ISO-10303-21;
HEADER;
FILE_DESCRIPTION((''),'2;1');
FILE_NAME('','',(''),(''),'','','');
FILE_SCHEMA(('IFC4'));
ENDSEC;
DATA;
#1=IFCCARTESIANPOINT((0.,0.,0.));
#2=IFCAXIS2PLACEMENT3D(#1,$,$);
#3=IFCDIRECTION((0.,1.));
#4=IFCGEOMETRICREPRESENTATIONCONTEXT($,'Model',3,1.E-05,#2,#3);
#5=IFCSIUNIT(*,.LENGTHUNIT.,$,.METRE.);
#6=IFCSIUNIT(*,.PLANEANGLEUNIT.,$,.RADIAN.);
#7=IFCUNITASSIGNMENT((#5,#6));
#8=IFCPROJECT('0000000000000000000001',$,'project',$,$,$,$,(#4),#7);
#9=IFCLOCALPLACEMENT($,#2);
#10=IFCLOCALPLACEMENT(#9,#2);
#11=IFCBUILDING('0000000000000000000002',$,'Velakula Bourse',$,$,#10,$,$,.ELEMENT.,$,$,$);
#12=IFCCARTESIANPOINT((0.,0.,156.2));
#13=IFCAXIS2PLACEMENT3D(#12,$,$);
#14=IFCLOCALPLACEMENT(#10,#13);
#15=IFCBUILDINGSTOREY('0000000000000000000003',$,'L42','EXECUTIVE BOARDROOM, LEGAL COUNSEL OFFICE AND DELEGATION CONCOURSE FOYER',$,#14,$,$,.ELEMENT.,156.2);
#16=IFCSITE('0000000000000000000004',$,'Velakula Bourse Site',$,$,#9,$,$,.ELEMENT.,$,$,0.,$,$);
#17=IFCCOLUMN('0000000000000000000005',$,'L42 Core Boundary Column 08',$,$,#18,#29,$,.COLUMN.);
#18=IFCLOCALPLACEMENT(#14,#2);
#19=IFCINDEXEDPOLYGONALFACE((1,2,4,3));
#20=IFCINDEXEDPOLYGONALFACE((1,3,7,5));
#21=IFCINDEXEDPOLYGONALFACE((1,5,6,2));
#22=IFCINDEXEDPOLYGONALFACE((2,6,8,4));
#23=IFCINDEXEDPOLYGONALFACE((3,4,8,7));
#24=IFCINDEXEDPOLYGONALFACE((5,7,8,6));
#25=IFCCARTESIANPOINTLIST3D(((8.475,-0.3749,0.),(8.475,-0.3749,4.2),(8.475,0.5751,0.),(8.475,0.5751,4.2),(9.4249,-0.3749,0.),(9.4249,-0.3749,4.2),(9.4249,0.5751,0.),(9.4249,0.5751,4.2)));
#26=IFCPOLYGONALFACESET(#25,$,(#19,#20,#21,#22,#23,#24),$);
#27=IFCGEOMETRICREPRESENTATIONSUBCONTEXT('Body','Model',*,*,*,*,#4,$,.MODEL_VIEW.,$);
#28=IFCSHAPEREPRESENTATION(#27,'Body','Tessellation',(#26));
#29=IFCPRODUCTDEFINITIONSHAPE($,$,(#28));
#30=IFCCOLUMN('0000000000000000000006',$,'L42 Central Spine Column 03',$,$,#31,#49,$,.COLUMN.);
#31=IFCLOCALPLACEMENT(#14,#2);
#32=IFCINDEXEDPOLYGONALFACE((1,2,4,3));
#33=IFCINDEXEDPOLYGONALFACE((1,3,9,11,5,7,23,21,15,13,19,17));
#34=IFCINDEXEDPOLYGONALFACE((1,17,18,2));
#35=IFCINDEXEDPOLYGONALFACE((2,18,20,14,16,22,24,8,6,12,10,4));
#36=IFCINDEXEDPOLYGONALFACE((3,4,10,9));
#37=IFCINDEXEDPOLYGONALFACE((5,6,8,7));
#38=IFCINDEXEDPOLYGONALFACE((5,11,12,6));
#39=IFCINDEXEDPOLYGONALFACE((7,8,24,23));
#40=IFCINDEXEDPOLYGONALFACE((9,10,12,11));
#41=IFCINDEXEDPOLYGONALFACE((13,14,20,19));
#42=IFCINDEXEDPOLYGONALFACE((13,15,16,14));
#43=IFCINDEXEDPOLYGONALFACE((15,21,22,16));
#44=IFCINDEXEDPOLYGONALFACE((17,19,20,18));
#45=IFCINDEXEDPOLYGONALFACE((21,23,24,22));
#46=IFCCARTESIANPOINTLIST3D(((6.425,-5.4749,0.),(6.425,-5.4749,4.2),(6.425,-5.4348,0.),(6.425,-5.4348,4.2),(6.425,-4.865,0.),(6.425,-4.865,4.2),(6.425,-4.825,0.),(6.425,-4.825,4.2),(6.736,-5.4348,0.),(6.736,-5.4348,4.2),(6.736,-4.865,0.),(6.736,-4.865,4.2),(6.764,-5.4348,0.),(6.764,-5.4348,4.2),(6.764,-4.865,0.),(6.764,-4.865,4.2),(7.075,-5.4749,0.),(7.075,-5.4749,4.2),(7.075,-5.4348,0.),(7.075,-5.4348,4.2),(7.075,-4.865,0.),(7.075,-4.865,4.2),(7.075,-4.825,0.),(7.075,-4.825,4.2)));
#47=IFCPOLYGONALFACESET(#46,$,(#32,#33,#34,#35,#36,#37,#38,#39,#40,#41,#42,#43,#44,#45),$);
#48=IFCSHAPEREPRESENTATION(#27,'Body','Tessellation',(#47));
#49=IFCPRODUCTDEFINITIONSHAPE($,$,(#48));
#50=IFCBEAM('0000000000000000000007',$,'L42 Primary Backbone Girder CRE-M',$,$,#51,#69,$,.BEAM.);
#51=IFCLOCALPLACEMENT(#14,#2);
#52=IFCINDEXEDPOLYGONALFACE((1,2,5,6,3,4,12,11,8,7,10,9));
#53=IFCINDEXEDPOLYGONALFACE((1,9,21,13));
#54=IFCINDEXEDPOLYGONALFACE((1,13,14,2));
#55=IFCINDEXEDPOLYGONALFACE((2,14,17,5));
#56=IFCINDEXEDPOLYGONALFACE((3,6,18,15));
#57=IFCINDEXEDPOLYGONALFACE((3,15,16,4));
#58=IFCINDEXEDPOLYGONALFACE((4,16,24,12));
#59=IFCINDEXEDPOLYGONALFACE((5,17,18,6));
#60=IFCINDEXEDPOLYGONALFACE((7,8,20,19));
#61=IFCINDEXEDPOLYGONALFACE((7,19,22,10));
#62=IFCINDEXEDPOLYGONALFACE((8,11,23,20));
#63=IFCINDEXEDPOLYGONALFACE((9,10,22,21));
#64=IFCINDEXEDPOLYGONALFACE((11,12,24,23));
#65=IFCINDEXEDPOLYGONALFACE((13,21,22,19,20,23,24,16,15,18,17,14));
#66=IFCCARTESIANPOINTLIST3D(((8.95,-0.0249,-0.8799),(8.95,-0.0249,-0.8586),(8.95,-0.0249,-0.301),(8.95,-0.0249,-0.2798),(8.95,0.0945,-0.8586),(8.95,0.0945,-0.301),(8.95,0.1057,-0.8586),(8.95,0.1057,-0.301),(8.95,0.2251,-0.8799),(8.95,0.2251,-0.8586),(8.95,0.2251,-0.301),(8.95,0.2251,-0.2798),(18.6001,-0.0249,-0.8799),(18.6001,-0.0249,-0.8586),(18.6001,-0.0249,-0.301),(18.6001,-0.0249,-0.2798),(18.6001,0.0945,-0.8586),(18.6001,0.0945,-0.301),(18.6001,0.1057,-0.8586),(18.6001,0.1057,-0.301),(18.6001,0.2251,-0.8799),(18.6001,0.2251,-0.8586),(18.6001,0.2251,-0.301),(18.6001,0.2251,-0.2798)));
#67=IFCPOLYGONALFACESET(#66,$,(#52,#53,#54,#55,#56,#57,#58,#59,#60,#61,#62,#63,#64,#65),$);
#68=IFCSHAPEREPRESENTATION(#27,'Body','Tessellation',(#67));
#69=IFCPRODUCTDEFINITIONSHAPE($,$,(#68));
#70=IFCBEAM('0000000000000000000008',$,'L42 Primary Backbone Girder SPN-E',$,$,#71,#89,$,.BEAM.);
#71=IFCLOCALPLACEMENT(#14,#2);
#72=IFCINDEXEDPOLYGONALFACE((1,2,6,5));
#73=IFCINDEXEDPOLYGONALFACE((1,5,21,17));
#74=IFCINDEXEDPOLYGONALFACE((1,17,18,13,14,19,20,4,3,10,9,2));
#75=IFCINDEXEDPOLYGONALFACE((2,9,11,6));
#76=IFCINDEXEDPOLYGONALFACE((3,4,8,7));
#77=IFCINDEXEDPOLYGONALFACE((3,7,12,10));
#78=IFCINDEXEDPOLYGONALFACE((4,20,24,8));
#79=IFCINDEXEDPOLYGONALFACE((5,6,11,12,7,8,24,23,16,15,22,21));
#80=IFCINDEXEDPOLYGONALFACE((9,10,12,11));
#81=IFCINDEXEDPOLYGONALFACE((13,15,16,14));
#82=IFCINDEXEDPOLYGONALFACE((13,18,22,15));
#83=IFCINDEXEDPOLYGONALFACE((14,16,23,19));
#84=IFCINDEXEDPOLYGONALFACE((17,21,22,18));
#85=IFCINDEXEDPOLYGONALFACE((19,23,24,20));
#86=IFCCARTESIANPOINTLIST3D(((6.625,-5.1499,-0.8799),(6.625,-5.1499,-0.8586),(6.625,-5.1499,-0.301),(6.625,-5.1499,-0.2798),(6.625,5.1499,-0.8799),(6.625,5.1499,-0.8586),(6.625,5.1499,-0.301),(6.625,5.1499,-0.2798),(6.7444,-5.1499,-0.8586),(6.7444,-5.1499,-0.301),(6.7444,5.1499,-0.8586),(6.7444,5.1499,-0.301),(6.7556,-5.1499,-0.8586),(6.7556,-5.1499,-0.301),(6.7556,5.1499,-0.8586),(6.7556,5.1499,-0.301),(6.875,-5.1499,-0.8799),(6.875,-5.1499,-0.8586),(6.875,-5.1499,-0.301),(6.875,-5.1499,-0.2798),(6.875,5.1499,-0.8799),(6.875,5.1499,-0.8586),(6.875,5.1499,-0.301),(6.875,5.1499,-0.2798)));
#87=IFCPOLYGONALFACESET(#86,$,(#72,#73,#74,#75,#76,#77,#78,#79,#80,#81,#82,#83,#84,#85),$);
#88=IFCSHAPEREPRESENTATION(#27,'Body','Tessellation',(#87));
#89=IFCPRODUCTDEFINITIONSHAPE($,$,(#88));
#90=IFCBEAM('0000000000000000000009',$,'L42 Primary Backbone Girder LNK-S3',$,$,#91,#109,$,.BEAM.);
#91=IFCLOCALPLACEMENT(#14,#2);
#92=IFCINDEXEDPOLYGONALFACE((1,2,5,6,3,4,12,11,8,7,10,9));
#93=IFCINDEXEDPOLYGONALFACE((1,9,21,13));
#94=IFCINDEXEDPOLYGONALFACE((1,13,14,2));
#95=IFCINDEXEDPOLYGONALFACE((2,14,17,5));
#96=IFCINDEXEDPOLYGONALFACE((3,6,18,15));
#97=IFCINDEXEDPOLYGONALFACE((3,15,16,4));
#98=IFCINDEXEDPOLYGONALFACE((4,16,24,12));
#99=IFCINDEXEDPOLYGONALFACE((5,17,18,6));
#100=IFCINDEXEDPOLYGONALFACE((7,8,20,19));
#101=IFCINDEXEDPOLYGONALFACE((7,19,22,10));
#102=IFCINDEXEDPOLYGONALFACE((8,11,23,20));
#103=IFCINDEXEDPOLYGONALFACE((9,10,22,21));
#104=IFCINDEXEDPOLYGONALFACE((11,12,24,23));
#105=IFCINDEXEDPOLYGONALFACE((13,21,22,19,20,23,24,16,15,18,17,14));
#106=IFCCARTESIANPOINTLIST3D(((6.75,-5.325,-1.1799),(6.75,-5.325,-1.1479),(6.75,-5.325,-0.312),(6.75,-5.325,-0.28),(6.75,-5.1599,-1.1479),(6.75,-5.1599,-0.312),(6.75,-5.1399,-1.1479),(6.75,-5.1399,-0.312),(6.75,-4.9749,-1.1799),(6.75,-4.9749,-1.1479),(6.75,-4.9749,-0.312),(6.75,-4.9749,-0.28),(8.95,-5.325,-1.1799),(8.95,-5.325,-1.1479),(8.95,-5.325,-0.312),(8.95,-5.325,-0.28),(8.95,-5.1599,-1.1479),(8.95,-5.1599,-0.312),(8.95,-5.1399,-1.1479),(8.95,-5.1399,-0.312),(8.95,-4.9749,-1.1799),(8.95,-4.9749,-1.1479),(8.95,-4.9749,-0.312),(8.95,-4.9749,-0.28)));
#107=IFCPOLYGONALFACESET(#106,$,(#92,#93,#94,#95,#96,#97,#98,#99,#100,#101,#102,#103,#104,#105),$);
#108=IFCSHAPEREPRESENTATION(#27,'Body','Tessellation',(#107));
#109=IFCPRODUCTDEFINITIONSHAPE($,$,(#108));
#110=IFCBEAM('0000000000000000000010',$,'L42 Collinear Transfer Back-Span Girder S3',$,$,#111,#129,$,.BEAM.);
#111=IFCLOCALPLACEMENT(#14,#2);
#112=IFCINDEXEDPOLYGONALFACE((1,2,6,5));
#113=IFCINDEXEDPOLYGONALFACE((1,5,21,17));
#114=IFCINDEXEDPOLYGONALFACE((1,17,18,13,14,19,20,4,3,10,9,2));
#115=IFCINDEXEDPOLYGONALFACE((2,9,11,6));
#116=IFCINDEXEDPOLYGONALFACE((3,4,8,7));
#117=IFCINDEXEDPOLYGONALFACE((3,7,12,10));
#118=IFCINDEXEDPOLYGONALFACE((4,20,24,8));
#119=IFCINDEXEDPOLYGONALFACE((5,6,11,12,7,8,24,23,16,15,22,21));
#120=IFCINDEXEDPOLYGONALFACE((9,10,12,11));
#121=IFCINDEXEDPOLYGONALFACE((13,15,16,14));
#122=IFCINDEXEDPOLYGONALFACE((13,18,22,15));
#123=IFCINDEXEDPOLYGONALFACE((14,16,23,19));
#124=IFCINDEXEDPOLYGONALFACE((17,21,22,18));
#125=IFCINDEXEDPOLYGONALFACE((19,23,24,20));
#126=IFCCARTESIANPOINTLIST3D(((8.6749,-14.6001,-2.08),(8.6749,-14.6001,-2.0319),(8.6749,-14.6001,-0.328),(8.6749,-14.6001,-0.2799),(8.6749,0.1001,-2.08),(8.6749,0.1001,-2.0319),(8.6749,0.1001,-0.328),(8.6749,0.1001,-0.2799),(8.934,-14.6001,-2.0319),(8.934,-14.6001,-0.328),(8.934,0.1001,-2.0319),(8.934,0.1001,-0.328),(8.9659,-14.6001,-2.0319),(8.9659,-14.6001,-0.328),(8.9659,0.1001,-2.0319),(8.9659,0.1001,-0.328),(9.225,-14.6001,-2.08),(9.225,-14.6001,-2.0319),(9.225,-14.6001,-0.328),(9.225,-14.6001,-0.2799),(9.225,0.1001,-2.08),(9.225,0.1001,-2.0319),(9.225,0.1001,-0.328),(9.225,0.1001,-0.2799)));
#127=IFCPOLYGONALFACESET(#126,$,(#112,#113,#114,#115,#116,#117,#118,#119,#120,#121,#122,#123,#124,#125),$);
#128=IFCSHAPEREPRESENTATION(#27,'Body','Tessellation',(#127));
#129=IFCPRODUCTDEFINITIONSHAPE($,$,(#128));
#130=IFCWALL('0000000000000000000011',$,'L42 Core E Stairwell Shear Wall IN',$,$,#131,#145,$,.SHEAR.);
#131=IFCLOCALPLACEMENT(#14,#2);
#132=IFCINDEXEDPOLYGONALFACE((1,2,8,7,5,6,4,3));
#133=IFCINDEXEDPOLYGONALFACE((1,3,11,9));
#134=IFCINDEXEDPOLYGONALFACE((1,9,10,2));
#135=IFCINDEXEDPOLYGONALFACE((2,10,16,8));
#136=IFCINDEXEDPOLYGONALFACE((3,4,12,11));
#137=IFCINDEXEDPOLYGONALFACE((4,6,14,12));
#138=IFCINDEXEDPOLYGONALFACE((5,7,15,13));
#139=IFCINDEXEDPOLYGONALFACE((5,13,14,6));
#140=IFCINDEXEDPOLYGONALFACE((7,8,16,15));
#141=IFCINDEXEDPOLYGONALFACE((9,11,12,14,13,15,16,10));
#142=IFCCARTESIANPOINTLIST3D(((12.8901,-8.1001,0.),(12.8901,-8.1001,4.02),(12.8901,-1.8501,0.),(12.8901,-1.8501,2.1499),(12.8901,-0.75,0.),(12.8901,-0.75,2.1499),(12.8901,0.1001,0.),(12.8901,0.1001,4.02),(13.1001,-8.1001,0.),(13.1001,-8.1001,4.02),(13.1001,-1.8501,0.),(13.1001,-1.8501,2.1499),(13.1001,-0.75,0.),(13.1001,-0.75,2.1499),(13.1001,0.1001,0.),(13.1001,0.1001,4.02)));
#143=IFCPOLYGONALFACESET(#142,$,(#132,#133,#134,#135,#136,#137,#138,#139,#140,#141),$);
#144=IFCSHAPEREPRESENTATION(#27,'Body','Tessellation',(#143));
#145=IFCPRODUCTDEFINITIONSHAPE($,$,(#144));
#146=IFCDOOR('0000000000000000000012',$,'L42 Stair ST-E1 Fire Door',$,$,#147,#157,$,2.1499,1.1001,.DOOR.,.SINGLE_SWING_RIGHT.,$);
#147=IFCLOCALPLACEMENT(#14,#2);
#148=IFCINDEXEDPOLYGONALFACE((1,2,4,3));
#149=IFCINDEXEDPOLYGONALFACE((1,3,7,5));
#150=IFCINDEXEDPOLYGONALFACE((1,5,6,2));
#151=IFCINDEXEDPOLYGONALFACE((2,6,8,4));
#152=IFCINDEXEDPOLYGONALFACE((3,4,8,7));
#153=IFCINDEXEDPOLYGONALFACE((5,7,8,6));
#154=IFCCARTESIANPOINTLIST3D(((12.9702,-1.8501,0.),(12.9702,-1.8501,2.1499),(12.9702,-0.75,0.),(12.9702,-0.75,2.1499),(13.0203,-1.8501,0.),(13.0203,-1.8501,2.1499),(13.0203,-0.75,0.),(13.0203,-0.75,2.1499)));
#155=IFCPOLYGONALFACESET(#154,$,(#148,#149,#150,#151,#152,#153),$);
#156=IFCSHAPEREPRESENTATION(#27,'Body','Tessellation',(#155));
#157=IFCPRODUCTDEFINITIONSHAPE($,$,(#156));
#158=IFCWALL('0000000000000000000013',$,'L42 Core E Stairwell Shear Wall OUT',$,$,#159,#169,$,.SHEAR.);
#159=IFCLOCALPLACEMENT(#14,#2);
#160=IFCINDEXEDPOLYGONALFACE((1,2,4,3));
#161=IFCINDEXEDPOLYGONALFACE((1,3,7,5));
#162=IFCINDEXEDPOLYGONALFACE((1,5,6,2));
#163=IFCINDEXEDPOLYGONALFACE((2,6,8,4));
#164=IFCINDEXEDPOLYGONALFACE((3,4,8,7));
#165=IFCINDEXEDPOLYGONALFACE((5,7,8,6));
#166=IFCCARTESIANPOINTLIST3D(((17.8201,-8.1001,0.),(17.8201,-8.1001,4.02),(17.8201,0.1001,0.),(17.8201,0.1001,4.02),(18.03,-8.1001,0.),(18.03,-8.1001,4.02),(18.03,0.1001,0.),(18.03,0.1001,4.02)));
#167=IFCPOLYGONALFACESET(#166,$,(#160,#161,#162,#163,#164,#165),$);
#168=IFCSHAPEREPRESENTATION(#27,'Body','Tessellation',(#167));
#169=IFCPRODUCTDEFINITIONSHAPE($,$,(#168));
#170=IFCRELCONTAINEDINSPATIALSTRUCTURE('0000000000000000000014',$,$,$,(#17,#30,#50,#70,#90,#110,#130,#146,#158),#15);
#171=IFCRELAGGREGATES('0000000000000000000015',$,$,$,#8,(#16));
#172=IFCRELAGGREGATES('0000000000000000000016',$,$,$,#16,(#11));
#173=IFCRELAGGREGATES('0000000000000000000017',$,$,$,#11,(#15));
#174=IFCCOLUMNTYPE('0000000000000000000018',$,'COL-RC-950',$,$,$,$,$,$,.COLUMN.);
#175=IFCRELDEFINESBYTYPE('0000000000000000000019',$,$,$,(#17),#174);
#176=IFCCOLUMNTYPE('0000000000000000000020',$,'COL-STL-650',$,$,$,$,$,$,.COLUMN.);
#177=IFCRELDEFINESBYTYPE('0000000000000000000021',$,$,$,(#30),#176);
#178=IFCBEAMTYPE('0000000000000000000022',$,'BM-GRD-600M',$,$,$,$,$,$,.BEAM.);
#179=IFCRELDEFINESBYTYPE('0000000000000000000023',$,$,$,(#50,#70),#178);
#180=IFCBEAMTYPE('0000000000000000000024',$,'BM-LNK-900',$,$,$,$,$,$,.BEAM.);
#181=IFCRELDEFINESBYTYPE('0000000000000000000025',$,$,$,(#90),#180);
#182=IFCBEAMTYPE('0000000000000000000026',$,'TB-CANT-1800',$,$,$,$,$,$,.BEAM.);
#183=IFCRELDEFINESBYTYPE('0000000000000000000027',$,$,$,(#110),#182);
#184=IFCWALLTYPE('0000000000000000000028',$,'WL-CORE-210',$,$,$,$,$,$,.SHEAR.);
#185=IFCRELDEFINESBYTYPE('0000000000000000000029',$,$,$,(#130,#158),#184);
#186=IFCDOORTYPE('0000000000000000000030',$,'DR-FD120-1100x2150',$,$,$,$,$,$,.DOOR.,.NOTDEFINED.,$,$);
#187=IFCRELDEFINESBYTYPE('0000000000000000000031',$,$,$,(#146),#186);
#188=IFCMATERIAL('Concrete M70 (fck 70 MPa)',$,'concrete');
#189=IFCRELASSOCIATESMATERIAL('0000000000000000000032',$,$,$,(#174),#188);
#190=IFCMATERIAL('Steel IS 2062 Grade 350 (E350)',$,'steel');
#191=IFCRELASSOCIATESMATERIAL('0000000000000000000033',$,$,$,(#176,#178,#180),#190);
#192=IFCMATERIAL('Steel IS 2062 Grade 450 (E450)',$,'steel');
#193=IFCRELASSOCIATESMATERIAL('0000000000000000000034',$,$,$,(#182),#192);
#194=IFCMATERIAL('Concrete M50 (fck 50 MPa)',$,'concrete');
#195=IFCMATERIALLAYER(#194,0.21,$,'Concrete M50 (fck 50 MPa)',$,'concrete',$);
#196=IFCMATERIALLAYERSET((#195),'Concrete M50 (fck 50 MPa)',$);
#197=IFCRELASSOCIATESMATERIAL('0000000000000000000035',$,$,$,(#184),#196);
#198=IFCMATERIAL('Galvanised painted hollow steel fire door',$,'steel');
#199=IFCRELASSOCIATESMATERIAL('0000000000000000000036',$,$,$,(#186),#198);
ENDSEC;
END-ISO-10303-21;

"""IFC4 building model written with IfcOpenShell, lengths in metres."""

from ifc_helpers import new_model, si_unit, direction, frame, frame_2d, origin, origin_2d, place, context, subcontext, project, spatial, rectangle, i_section, extrude, material, layer, layer_set, material_profile, profile_set, type_object, element, fill, save


model = new_model("IFC4")

# Units and contexts
model_context = context("Model", 3, precision=1e-05, world=origin(), true_north=direction((0.0, 1.0)))
body_context = subcontext(model_context, "Body", "Model", "MODEL_VIEW")
ifc_project = project(units=[si_unit("LENGTHUNIT", "METRE"), si_unit("PLANEANGLEUNIT", "RADIAN")], contexts=[model_context])

# Site, building, storey
site_placement = place(None, origin())
site = spatial("IfcSite", under=ifc_project, at=site_placement, Name="Velakula Bourse Site", CompositionType="ELEMENT", RefElevation=0.0)
building_placement = place(site_placement, origin())
building = spatial("IfcBuilding", under=site, at=building_placement, Name="Velakula Bourse", CompositionType="ELEMENT")
storey_placement = place(building_placement, frame((0.0, 0.0, 156.2)))
storey = spatial("IfcBuildingStorey", under=building, at=storey_placement, Name="L42", Description="EXECUTIVE BOARDROOM, LEGAL COUNSEL OFFICE AND DELEGATION CONCOURSE FOYER", CompositionType="ELEMENT", Elevation=156.2)

# Columns
ifc_material_1 = material(Name="Concrete M70 (fck 70 MPa)", Category="concrete")
ifc_material_profile_1 = material_profile(ifc_material_1, rectangle(XDim=0.95, YDim=0.95, at=origin_2d()), Name="Concrete M70 (fck 70 MPa)")
ifc_profile_set_1 = profile_set([ifc_material_profile_1], Name="Concrete M70 (fck 70 MPa)")
column_type_1 = type_object("IfcColumnType", Name="COL-RC-950", PredefinedType="COLUMN", material=ifc_profile_set_1)
column_1_placement = place(storey_placement, frame((8.95, 0.1001, 0.0), z_axis=(0.0, 0.0, 1.0), x_axis=(1.0, 0.0, 0.0)))
element("IfcColumn", 1, at=column_1_placement, inside=storey, type_object=column_type_1, Name="L42 Core Boundary Column 08", PredefinedType="COLUMN", context=body_context, shape_type="SweptSolid", body=[
    extrude(rectangle(XDim=0.95, YDim=0.95, at=origin_2d()), origin(), (0.0, 0.0, 1.0), 4.2),
])
ifc_material_2 = material(Name="Steel IS 2062 Grade 350 (E350)", Category="steel")
ifc_material_profile_2 = material_profile(ifc_material_2, i_section(OverallWidth=0.6499, OverallDepth=0.6499, WebThickness=0.0281, FlangeThickness=0.04, at=origin_2d()), Name="Steel IS 2062 Grade 350 (E350)")
ifc_profile_set_2 = profile_set([ifc_material_profile_2], Name="Steel IS 2062 Grade 350 (E350)")
column_type_2 = type_object("IfcColumnType", Name="COL-STL-650", PredefinedType="COLUMN", material=ifc_profile_set_2)
column_2_placement = place(storey_placement, frame((6.75, -5.1499, 0.0), z_axis=(0.0, 0.0, 1.0), x_axis=(1.0, 0.0, 0.0)))
element("IfcColumn", 2, at=column_2_placement, inside=storey, type_object=column_type_2, Name="L42 Central Spine Column 03", PredefinedType="COLUMN", context=body_context, shape_type="SweptSolid", body=[
    extrude(i_section(OverallWidth=0.6499, OverallDepth=0.6499, WebThickness=0.0281, FlangeThickness=0.04, at=origin_2d()), origin(), (0.0, 0.0, 1.0), 4.2),
])

# Beams
ifc_material_profile_3 = material_profile(ifc_material_2, i_section(OverallWidth=0.25, OverallDepth=0.6001, WebThickness=0.0112, FlangeThickness=0.0212, at=origin_2d()), Name="Steel IS 2062 Grade 350 (E350)")
ifc_profile_set_3 = profile_set([ifc_material_profile_3], Name="Steel IS 2062 Grade 350 (E350)")
beam_type_1 = type_object("IfcBeamType", Name="BM-GRD-600M", PredefinedType="BEAM", material=ifc_profile_set_3)
beam_1_placement = place(storey_placement, frame((8.95, 0.1001, -0.5798), z_axis=(1.0, 0.0, 0.0), x_axis=(0.0, 1.0, 0.0)))
element("IfcBeam", 3, at=beam_1_placement, inside=storey, type_object=beam_type_1, Name="L42 Primary Backbone Girder CRE-M", PredefinedType="BEAM", context=body_context, shape_type="SweptSolid", body=[
    extrude(i_section(OverallWidth=0.25, OverallDepth=0.6001, WebThickness=0.0112, FlangeThickness=0.0212, at=origin_2d()), origin(), (0.0, 0.0, 1.0), 9.6501),
])
beam_2_placement = place(storey_placement, frame((6.75, -5.1499, -0.5798), z_axis=(0.0, 1.0, 0.0), x_axis=(-1.0, 0.0, 0.0)))
element("IfcBeam", 4, at=beam_2_placement, inside=storey, type_object=beam_type_1, Name="L42 Primary Backbone Girder SPN-E", PredefinedType="BEAM", context=body_context, shape_type="SweptSolid", body=[
    extrude(i_section(OverallWidth=0.25, OverallDepth=0.6001, WebThickness=0.0112, FlangeThickness=0.0212, at=origin_2d()), origin(), (0.0, 0.0, 1.0), 10.2998),
])
ifc_material_profile_4 = material_profile(ifc_material_2, i_section(OverallWidth=0.3501, OverallDepth=0.8999, WebThickness=0.02, FlangeThickness=0.032, at=origin_2d()), Name="Steel IS 2062 Grade 350 (E350)")
ifc_profile_set_4 = profile_set([ifc_material_profile_4], Name="Steel IS 2062 Grade 350 (E350)")
beam_type_2 = type_object("IfcBeamType", Name="BM-LNK-900", PredefinedType="BEAM", material=ifc_profile_set_4)
beam_3_placement = place(storey_placement, frame((6.75, -5.1499, -0.73), z_axis=(1.0, 0.0, 0.0), x_axis=(0.0, 1.0, 0.0)))
element("IfcBeam", 5, at=beam_3_placement, inside=storey, type_object=beam_type_2, Name="L42 Primary Backbone Girder LNK-S3", PredefinedType="BEAM", context=body_context, shape_type="SweptSolid", body=[
    extrude(i_section(OverallWidth=0.3501, OverallDepth=0.8999, WebThickness=0.02, FlangeThickness=0.032, at=origin_2d()), origin(), (0.0, 0.0, 1.0), 2.2),
])
ifc_material_3 = material(Name="Steel IS 2062 Grade 450 (E450)", Category="steel")
ifc_material_profile_5 = material_profile(ifc_material_3, i_section(OverallWidth=0.55, OverallDepth=1.8, WebThickness=0.032, FlangeThickness=0.0481, at=origin_2d()), Name="Steel IS 2062 Grade 450 (E450)")
ifc_profile_set_5 = profile_set([ifc_material_profile_5], Name="Steel IS 2062 Grade 450 (E450)")
beam_type_3 = type_object("IfcBeamType", Name="TB-CANT-1800", PredefinedType="BEAM", material=ifc_profile_set_5)
beam_4_placement = place(storey_placement, frame((8.95, 0.1001, -1.1799), z_axis=(0.0, -1.0, 0.0), x_axis=(1.0, 0.0, 0.0)))
element("IfcBeam", 6, at=beam_4_placement, inside=storey, type_object=beam_type_3, Name="L42 Collinear Transfer Back-Span Girder S3", PredefinedType="BEAM", context=body_context, shape_type="SweptSolid", body=[
    extrude(i_section(OverallWidth=0.55, OverallDepth=1.8, WebThickness=0.032, FlangeThickness=0.0481, at=origin_2d()), origin(), (0.0, 0.0, 1.0), 14.7002),
])

# Wall, opening, door
ifc_material_4 = material(Name="Concrete M50 (fck 50 MPa)", Category="concrete")
ifc_layer_1 = layer(ifc_material_4, 0.21, Name="Concrete M50 (fck 50 MPa)", Category="concrete")
ifc_layer_set_1 = layer_set([ifc_layer_1], Name="Concrete M50 (fck 50 MPa)")
wall_type_1 = type_object("IfcWallType", Name="WL-CORE-210", PredefinedType="SHEAR", material=ifc_layer_set_1)
wall_1_placement = place(storey_placement, frame((12.9951, -8.1001, 0.0), z_axis=(0.0, 0.0, 1.0), x_axis=(0.0, 1.0, 0.0)))
wall_1 = element("IfcWall", 7, at=wall_1_placement, inside=storey, type_object=wall_type_1, Name="L42 Core E Stairwell Shear Wall IN", PredefinedType="SHEAR", context=body_context, shape_type="SweptSolid", body=[
    extrude(rectangle(XDim=8.2002, YDim=0.21, at=frame_2d((4.1001, 0.0))), origin(), (0.0, 0.0, 1.0), 4.02),
])
opening_1_placement = place(wall_1_placement, frame((6.25, 0.0, 0.0)))
opening_1 = element("IfcOpeningElement", 8, at=opening_1_placement, cuts=wall_1, PredefinedType="OPENING", context=body_context, shape_type="SweptSolid", body=[
    extrude(rectangle(XDim=1.1001, YDim=2.1499, at=frame_2d((0.55, 1.075))), frame((0.0, 0.115, 0.0), z_axis=(0.0, -1.0, 0.0), x_axis=(1.0, 0.0, 0.0)), (0.0, 0.0, 1.0), 0.23),
])
ifc_material_5 = material(Name="Galvanised painted hollow steel fire door", Category="steel")
door_type_1 = type_object("IfcDoorType", Name="DR-FD120-1100x2150", OperationType="NOTDEFINED", PredefinedType="DOOR", material=ifc_material_5)
door_1_placement = place(opening_1_placement, origin())
door_1 = element("IfcDoor", 9, at=door_1_placement, inside=storey, type_object=door_type_1, Name="L42 Stair ST-E1 Fire Door", OperationType="SINGLE_SWING_RIGHT", OverallHeight=2.1499, OverallWidth=1.1001, PredefinedType="DOOR", context=body_context, shape_type="SweptSolid", body=[
    extrude(rectangle(XDim=1.1001, YDim=2.1499, at=frame_2d((0.55, 1.075))), frame((0.0, 0.0249, 0.0), z_axis=(0.0, -1.0, 0.0), x_axis=(1.0, 0.0, 0.0)), (0.0, 0.0, 1.0), 0.05),
])
fill(opening_1, door_1)

# Wall
wall_2_placement = place(storey_placement, frame((17.925, -8.1001, 0.0), z_axis=(0.0, 0.0, 1.0), x_axis=(0.0, 1.0, 0.0)))
element("IfcWall", 10, at=wall_2_placement, inside=storey, type_object=wall_type_1, Name="L42 Core E Stairwell Shear Wall OUT", PredefinedType="SHEAR", context=body_context, shape_type="SweptSolid", body=[
    extrude(rectangle(XDim=8.2002, YDim=0.21, at=frame_2d((4.1001, 0.0))), origin(), (0.0, 0.0, 1.0), 4.02),
])

save(model, "model.ifc")
